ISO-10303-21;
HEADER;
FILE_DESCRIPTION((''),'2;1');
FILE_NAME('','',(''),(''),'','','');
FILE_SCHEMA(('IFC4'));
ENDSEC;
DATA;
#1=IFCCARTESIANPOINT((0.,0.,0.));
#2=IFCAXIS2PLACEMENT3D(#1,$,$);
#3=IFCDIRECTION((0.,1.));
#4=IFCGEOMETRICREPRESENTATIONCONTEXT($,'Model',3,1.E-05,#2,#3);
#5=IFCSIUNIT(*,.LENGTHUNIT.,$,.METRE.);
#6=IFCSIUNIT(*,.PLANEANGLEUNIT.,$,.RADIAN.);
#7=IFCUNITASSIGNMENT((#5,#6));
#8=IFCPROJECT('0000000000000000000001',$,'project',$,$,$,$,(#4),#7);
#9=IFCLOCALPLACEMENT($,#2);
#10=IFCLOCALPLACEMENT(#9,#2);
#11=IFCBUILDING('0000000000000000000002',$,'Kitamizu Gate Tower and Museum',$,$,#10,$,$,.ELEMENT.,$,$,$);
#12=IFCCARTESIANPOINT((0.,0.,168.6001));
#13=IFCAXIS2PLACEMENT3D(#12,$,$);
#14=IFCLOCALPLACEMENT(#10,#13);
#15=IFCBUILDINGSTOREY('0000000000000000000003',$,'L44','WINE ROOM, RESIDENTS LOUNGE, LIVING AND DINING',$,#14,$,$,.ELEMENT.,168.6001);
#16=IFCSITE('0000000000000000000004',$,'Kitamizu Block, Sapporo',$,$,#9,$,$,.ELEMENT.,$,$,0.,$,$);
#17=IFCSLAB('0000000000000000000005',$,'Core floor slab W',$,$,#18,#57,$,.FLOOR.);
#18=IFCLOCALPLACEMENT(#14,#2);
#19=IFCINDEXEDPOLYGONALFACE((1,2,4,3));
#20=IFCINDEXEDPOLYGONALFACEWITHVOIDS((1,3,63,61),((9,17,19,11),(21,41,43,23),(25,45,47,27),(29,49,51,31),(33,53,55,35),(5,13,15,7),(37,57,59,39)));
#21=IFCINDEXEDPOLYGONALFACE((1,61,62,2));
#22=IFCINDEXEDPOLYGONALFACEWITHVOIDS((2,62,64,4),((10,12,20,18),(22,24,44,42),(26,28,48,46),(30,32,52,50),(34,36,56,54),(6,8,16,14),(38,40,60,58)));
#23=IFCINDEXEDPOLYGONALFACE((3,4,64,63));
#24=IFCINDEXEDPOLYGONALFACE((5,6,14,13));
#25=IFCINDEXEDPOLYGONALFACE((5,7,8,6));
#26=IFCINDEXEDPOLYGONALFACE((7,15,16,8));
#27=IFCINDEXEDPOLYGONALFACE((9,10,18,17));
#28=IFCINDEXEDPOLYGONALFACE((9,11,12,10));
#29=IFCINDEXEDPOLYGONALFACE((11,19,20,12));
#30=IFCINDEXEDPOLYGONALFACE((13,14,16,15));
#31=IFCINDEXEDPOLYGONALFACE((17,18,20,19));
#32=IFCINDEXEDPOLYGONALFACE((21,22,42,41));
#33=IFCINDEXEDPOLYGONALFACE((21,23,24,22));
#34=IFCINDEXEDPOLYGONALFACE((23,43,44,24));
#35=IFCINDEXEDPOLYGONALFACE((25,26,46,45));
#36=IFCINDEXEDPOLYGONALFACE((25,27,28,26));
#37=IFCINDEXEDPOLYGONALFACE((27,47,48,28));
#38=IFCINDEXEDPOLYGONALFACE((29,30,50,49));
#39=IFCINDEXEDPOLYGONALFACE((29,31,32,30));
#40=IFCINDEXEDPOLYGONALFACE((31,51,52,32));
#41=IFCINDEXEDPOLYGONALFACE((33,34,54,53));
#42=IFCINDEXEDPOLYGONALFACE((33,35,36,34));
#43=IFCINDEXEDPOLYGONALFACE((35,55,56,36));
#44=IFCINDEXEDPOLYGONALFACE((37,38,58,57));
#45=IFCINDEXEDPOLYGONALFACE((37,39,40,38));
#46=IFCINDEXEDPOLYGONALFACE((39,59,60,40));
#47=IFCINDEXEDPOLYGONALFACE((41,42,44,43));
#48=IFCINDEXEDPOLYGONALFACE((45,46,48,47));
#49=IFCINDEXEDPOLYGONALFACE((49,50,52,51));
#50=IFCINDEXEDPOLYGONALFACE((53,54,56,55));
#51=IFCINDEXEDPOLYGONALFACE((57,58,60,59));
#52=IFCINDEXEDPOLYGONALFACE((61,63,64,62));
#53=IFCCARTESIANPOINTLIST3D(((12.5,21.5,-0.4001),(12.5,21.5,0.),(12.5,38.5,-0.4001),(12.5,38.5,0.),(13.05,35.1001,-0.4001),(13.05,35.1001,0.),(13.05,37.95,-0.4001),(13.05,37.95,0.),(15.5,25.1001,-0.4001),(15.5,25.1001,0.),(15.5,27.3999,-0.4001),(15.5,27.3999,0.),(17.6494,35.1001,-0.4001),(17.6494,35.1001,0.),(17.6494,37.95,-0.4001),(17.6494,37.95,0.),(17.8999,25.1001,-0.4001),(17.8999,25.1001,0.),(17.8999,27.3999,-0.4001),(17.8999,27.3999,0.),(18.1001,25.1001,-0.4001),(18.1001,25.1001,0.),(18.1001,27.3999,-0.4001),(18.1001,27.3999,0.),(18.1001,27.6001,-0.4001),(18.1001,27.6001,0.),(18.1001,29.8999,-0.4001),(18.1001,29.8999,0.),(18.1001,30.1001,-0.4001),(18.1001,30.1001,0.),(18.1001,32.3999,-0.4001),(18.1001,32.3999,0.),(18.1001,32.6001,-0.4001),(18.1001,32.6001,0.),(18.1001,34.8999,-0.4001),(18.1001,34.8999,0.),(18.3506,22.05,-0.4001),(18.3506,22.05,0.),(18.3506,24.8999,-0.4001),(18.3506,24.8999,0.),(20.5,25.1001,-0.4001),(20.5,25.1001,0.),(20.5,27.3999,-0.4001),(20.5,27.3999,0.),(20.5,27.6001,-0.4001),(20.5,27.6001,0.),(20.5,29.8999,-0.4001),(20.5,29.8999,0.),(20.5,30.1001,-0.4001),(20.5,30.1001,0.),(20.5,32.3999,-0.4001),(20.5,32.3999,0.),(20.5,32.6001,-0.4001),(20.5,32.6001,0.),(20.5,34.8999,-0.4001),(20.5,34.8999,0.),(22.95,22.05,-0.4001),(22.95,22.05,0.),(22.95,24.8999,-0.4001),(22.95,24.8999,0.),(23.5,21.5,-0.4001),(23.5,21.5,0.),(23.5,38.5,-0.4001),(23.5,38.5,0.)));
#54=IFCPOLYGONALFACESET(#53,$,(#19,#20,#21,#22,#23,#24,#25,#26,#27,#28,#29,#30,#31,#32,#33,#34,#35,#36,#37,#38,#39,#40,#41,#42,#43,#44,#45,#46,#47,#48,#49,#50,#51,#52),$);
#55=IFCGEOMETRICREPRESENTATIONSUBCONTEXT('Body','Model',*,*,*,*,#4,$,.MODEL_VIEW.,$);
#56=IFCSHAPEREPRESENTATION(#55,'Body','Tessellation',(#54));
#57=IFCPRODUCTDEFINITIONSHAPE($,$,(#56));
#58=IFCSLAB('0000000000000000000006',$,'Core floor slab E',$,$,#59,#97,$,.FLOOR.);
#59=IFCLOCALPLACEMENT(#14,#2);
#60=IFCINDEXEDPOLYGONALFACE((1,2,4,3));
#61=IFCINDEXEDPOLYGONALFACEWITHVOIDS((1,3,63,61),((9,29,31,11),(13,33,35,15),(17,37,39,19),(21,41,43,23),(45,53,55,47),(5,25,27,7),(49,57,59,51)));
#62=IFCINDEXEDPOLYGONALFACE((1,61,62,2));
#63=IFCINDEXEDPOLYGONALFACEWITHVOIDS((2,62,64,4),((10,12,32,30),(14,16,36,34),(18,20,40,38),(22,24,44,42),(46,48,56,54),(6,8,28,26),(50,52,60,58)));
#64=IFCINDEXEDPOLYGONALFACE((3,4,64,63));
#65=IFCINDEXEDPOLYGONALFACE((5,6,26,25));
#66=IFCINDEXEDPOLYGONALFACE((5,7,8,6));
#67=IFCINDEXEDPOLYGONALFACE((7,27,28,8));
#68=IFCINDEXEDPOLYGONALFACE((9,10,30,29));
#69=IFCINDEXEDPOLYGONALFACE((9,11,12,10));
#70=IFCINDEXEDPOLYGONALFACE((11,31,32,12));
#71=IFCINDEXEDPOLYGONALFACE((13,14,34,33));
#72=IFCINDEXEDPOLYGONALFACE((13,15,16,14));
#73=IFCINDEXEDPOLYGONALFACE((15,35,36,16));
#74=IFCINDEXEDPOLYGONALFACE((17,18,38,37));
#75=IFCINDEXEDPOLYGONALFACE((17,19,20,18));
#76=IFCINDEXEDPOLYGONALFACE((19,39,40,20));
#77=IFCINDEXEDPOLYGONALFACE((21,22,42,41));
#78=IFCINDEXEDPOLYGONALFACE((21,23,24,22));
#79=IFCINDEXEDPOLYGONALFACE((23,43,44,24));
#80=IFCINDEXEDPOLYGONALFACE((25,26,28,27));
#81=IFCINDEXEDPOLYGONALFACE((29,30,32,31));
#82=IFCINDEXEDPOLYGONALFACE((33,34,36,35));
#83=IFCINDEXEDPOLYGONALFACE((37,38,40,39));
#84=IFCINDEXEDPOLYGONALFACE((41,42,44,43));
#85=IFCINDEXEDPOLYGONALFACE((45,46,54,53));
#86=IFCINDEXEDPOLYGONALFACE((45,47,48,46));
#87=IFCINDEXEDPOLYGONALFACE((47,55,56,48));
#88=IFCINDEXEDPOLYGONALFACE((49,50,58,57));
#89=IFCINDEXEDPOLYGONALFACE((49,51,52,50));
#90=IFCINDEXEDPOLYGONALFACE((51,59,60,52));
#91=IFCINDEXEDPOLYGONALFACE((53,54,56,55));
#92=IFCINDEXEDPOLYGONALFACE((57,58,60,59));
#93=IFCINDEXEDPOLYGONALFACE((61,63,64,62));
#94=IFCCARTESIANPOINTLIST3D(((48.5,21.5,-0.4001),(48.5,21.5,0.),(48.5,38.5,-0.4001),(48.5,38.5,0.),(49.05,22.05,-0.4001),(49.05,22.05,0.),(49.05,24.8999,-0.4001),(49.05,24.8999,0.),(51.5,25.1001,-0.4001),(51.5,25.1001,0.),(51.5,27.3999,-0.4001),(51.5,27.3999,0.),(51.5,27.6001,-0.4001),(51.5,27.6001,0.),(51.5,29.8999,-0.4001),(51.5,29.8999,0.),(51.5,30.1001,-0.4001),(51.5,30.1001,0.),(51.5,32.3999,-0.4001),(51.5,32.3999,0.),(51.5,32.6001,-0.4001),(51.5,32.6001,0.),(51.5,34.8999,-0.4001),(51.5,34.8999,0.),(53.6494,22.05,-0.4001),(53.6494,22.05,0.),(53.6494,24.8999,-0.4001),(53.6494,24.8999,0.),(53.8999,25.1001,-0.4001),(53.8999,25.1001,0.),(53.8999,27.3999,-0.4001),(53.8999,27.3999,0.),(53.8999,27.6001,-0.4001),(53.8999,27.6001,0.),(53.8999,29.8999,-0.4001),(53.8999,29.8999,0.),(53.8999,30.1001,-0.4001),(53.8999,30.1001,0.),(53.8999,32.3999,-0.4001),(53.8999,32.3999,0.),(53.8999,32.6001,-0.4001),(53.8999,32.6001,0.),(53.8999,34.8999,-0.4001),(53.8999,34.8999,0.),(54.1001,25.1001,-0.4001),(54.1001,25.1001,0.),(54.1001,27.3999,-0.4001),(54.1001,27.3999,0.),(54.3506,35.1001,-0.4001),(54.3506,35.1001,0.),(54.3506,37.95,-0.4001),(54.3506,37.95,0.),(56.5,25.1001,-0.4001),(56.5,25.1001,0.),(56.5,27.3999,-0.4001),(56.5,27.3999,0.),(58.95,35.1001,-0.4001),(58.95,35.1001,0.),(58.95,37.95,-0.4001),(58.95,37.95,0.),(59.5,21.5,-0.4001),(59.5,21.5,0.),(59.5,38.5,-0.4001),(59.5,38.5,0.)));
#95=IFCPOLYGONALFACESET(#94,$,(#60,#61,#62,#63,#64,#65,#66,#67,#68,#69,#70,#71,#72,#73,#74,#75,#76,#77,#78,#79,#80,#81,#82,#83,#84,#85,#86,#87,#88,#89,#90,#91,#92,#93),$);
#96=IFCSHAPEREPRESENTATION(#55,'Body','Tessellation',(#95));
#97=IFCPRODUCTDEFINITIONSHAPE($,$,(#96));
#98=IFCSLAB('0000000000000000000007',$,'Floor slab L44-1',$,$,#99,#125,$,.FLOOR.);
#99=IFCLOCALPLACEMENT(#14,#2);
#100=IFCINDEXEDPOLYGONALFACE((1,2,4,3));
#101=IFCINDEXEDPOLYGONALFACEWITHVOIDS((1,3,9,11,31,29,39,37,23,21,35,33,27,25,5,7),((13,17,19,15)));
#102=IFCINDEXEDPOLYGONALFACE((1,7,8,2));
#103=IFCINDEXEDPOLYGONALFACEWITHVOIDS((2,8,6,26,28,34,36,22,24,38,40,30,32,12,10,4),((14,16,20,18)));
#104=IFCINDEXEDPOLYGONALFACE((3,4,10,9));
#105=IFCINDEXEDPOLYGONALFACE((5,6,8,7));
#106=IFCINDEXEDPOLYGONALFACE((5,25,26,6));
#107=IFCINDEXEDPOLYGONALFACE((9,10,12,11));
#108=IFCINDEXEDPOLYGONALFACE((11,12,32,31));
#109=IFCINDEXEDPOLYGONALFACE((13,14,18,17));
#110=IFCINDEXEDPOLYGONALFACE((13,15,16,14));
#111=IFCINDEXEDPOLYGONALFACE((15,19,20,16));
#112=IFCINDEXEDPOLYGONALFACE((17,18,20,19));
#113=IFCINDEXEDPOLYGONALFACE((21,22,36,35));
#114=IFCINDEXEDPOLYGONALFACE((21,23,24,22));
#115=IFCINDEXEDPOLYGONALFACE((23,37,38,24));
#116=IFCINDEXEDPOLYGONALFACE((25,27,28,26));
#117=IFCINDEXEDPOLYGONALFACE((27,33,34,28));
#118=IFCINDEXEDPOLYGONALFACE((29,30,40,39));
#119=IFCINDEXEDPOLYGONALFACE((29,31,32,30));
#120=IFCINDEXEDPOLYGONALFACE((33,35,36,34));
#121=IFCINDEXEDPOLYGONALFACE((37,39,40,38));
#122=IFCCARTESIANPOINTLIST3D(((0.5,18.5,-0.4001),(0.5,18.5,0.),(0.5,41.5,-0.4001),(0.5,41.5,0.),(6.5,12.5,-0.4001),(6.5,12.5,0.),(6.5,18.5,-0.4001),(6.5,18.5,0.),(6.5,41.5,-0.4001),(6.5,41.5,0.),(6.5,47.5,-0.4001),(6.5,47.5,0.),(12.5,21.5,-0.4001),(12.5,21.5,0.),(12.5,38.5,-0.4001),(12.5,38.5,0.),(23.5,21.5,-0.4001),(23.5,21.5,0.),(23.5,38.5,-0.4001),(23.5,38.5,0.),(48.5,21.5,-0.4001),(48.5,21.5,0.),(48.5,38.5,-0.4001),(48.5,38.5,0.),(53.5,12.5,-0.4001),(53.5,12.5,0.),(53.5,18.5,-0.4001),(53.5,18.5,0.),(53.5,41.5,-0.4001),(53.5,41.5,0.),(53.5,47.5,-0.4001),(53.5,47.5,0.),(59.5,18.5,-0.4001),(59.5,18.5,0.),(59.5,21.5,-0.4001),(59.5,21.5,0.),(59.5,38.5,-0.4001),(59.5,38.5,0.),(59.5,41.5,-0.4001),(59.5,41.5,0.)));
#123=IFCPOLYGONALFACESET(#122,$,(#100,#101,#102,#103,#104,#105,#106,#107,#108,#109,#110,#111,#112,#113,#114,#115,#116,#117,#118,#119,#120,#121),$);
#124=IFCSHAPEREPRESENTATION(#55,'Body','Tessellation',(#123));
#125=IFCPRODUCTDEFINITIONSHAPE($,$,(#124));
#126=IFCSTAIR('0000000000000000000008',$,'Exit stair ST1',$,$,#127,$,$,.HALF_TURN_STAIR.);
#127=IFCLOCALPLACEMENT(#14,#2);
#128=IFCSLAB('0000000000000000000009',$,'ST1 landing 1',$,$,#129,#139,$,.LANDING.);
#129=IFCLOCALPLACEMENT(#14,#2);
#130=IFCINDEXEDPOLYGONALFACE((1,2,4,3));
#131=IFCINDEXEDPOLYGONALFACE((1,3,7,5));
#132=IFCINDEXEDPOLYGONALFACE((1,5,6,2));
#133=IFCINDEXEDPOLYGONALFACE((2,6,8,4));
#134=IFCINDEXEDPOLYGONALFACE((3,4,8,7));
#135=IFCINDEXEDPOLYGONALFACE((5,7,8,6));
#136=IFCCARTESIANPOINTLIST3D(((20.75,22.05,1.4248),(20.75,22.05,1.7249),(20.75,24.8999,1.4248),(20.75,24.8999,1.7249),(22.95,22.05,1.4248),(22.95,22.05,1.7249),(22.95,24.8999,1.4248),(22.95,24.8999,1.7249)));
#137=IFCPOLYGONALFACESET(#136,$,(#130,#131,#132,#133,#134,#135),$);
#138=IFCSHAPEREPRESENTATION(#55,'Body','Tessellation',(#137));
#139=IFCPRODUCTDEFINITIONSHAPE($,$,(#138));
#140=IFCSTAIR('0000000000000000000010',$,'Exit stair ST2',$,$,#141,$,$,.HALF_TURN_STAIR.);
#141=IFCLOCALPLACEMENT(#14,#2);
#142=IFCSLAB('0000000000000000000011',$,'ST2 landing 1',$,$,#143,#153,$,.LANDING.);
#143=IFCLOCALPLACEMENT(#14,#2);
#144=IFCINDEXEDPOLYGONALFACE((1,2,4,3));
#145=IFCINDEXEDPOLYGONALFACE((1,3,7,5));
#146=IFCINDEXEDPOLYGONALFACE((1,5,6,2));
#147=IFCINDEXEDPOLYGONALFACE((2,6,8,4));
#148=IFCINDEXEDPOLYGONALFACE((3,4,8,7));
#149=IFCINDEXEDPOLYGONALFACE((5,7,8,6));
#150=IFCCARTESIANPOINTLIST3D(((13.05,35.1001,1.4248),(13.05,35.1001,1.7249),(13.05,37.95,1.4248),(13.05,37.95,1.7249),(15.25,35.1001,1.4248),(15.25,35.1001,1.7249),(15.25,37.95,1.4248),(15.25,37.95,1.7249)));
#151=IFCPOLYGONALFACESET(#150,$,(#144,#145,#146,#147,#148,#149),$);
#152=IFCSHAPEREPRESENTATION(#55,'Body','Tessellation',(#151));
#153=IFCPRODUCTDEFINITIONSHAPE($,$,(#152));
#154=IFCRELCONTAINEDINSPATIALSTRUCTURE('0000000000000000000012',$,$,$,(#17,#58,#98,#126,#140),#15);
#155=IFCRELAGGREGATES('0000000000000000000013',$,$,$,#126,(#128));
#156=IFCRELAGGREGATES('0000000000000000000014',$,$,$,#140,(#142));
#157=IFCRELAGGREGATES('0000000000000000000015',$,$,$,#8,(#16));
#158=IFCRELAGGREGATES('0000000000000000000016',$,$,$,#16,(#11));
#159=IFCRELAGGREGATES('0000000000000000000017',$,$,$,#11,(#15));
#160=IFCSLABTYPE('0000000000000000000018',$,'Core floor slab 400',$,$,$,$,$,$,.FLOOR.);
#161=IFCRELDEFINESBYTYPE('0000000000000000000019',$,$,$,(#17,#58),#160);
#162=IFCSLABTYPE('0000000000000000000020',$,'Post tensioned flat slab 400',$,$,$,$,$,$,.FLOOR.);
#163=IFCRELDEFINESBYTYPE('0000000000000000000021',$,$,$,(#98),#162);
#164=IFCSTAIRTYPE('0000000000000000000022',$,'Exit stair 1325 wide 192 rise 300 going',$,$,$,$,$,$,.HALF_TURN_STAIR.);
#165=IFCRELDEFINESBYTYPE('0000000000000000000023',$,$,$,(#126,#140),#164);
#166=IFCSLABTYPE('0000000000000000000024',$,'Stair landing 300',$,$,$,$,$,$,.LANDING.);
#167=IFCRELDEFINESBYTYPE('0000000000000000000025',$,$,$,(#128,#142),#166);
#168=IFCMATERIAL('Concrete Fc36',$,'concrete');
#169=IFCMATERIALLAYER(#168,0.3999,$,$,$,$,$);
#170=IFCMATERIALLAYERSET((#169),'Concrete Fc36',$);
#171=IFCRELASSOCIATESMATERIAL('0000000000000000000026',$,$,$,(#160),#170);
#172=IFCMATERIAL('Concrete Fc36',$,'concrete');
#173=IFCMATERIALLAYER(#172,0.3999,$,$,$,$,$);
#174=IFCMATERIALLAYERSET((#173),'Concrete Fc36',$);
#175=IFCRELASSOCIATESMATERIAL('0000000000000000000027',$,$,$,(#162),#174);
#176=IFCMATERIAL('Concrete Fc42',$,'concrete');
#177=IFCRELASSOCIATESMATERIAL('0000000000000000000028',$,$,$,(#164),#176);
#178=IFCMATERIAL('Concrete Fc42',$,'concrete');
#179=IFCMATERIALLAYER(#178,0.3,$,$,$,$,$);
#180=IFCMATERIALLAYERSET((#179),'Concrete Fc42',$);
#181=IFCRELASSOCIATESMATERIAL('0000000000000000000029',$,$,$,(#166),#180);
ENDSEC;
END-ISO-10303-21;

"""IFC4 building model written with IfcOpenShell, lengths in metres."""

from ifc_helpers import new_model, si_unit, direction, frame, origin, place, context, subcontext, project, spatial, polyline, outline, extrude, material, layer, layer_set, type_object, element, aggregate, save


model = new_model("IFC4")

# Units and contexts
model_context = context("Model", 3, precision=1e-05, world=origin(), true_north=direction((0.0, 1.0)))
body_context = subcontext(model_context, "Body", "Model", "MODEL_VIEW")
ifc_project = project(units=[si_unit("LENGTHUNIT", "METRE"), si_unit("PLANEANGLEUNIT", "RADIAN")], contexts=[model_context])

# Site, building, storey
site_placement = place(None, origin())
site = spatial("IfcSite", under=ifc_project, at=site_placement, Name="Kitamizu Block, Sapporo", CompositionType="ELEMENT", RefElevation=0.0)
building_placement = place(site_placement, origin())
building = spatial("IfcBuilding", under=site, at=building_placement, Name="Kitamizu Gate Tower and Museum", CompositionType="ELEMENT")
storey_placement = place(building_placement, frame((0.0, 0.0, 168.6001)))
storey = spatial("IfcBuildingStorey", under=building, at=storey_placement, Name="L44", Description="WINE ROOM, RESIDENTS LOUNGE, LIVING AND DINING", CompositionType="ELEMENT", Elevation=168.6001)

# Slabs
ifc_material_1 = material(Name="Concrete Fc36", Category="concrete")
ifc_layer_1 = layer(ifc_material_1, 0.3999)
ifc_layer_set_1 = layer_set([ifc_layer_1], Name="Concrete Fc36")
slab_type_1 = type_object("IfcSlabType", Name="Core floor slab 400", PredefinedType="FLOOR", material=ifc_layer_set_1)
slab_1_placement = place(storey_placement, frame((0.0, 0.0, -0.4001)))
element("IfcSlab", 1, at=slab_1_placement, inside=storey, type_object=slab_type_1, Name="Core floor slab W", PredefinedType="FLOOR", context=body_context, shape_type="SweptSolid", body=[
    extrude(outline(polyline([(12.5, 21.5), (23.5, 21.5), (23.5, 38.5), (12.5, 38.5), (12.5, 21.5)]), holes=[polyline([(15.5, 25.1001), (17.8999, 25.1001), (17.8999, 27.3999), (15.5, 27.3999), (15.5, 25.1001)]), polyline([(18.1001, 25.1001), (20.5, 25.1001), (20.5, 27.3999), (18.1001, 27.3999), (18.1001, 25.1001)]), polyline([(18.1001, 27.6001), (20.5, 27.6001), (20.5, 29.8999), (18.1001, 29.8999), (18.1001, 27.6001)]), polyline([(18.1001, 30.1001), (20.5, 30.1001), (20.5, 32.3999), (18.1001, 32.3999), (18.1001, 30.1001)]), polyline([(18.1001, 32.6001), (20.5, 32.6001), (20.5, 34.8999), (18.1001, 34.8999), (18.1001, 32.6001)]), polyline([(18.3506, 22.05), (22.95, 22.05), (22.95, 24.8999), (18.3506, 24.8999), (18.3506, 22.05)]), polyline([(13.05, 35.1001), (17.6494, 35.1001), (17.6494, 37.95), (13.05, 37.95), (13.05, 35.1001)])]), origin(), (0.0, 0.0, 1.0), 0.4001),
])
slab_2_placement = place(storey_placement, frame((0.0, 0.0, -0.4001)))
element("IfcSlab", 2, at=slab_2_placement, inside=storey, type_object=slab_type_1, Name="Core floor slab E", PredefinedType="FLOOR", context=body_context, shape_type="SweptSolid", body=[
    extrude(outline(polyline([(48.5, 21.5), (59.5, 21.5), (59.5, 38.5), (48.5, 38.5), (48.5, 21.5)]), holes=[polyline([(54.1001, 25.1001), (56.5, 25.1001), (56.5, 27.3999), (54.1001, 27.3999), (54.1001, 25.1001)]), polyline([(51.5, 25.1001), (53.8999, 25.1001), (53.8999, 27.3999), (51.5, 27.3999), (51.5, 25.1001)]), polyline([(51.5, 27.6001), (53.8999, 27.6001), (53.8999, 29.8999), (51.5, 29.8999), (51.5, 27.6001)]), polyline([(51.5, 30.1001), (53.8999, 30.1001), (53.8999, 32.3999), (51.5, 32.3999), (51.5, 30.1001)]), polyline([(51.5, 32.6001), (53.8999, 32.6001), (53.8999, 34.8999), (51.5, 34.8999), (51.5, 32.6001)]), polyline([(49.05, 22.05), (53.6494, 22.05), (53.6494, 24.8999), (49.05, 24.8999), (49.05, 22.05)]), polyline([(54.3506, 35.1001), (58.95, 35.1001), (58.95, 37.95), (54.3506, 37.95), (54.3506, 35.1001)])]), origin(), (0.0, 0.0, 1.0), 0.4001),
])
ifc_material_2 = material(Name="Concrete Fc36", Category="concrete")
ifc_layer_2 = layer(ifc_material_2, 0.3999)
ifc_layer_set_2 = layer_set([ifc_layer_2], Name="Concrete Fc36")
slab_type_2 = type_object("IfcSlabType", Name="Post tensioned flat slab 400", PredefinedType="FLOOR", material=ifc_layer_set_2)
slab_3_placement = place(storey_placement, frame((0.0, 0.0, -0.4001)))
element("IfcSlab", 3, at=slab_3_placement, inside=storey, type_object=slab_type_2, Name="Floor slab L44-1", PredefinedType="FLOOR", context=body_context, shape_type="SweptSolid", body=[
    extrude(outline(polyline([(0.5, 18.5), (0.5, 41.5), (6.5, 41.5), (6.5, 47.5), (53.5, 47.5), (53.5, 41.5), (59.5, 41.5), (59.5, 38.5), (48.5, 38.5), (48.5, 21.5), (59.5, 21.5), (59.5, 18.5), (53.5, 18.5), (53.5, 12.5), (6.5, 12.5), (6.5, 18.5), (0.5, 18.5)]), holes=[polyline([(12.5, 38.5), (12.5, 21.5), (23.5, 21.5), (23.5, 38.5), (12.5, 38.5)])]), origin(), (0.0, 0.0, 1.0), 0.4001),
])

# Stairs, slabs
ifc_material_3 = material(Name="Concrete Fc42", Category="concrete")
stair_type = type_object("IfcStairType", Name="Exit stair 1325 wide 192 rise 300 going", PredefinedType="HALF_TURN_STAIR", material=ifc_material_3)
stair_1_placement = place(storey_placement, origin())
stair_1 = element("IfcStair", 4, at=stair_1_placement, inside=storey, type_object=stair_type, Name="Exit stair ST1", PredefinedType="HALF_TURN_STAIR")
ifc_material_4 = material(Name="Concrete Fc42", Category="concrete")
ifc_layer_3 = layer(ifc_material_4, 0.3)
ifc_layer_set_3 = layer_set([ifc_layer_3], Name="Concrete Fc42")
slab_type_3 = type_object("IfcSlabType", Name="Stair landing 300", PredefinedType="LANDING", material=ifc_layer_set_3)
slab_4_placement = place(storey_placement, frame((0.0, 0.0, 1.4248)))
slab_4 = element("IfcSlab", 5, at=slab_4_placement, type_object=slab_type_3, Name="ST1 landing 1", PredefinedType="LANDING", context=body_context, shape_type="SweptSolid", body=[
    extrude(outline(polyline([(20.75, 22.05), (22.95, 22.05), (22.95, 24.8999), (20.75, 24.8999), (20.75, 22.05)])), origin(), (0.0, 0.0, 1.0), 0.3),
])
aggregate(stair_1, [slab_4])
stair_2_placement = place(storey_placement, origin())
stair_2 = element("IfcStair", 6, at=stair_2_placement, inside=storey, type_object=stair_type, Name="Exit stair ST2", PredefinedType="HALF_TURN_STAIR")
slab_5_placement = place(storey_placement, frame((0.0, 0.0, 1.4248)))
slab_5 = element("IfcSlab", 7, at=slab_5_placement, type_object=slab_type_3, Name="ST2 landing 1", PredefinedType="LANDING", context=body_context, shape_type="SweptSolid", body=[
    extrude(outline(polyline([(13.05, 35.1001), (15.25, 35.1001), (15.25, 37.95), (13.05, 37.95), (13.05, 35.1001)])), origin(), (0.0, 0.0, 1.0), 0.3),
])
aggregate(stair_2, [slab_5])

save(model, "model.ifc")
